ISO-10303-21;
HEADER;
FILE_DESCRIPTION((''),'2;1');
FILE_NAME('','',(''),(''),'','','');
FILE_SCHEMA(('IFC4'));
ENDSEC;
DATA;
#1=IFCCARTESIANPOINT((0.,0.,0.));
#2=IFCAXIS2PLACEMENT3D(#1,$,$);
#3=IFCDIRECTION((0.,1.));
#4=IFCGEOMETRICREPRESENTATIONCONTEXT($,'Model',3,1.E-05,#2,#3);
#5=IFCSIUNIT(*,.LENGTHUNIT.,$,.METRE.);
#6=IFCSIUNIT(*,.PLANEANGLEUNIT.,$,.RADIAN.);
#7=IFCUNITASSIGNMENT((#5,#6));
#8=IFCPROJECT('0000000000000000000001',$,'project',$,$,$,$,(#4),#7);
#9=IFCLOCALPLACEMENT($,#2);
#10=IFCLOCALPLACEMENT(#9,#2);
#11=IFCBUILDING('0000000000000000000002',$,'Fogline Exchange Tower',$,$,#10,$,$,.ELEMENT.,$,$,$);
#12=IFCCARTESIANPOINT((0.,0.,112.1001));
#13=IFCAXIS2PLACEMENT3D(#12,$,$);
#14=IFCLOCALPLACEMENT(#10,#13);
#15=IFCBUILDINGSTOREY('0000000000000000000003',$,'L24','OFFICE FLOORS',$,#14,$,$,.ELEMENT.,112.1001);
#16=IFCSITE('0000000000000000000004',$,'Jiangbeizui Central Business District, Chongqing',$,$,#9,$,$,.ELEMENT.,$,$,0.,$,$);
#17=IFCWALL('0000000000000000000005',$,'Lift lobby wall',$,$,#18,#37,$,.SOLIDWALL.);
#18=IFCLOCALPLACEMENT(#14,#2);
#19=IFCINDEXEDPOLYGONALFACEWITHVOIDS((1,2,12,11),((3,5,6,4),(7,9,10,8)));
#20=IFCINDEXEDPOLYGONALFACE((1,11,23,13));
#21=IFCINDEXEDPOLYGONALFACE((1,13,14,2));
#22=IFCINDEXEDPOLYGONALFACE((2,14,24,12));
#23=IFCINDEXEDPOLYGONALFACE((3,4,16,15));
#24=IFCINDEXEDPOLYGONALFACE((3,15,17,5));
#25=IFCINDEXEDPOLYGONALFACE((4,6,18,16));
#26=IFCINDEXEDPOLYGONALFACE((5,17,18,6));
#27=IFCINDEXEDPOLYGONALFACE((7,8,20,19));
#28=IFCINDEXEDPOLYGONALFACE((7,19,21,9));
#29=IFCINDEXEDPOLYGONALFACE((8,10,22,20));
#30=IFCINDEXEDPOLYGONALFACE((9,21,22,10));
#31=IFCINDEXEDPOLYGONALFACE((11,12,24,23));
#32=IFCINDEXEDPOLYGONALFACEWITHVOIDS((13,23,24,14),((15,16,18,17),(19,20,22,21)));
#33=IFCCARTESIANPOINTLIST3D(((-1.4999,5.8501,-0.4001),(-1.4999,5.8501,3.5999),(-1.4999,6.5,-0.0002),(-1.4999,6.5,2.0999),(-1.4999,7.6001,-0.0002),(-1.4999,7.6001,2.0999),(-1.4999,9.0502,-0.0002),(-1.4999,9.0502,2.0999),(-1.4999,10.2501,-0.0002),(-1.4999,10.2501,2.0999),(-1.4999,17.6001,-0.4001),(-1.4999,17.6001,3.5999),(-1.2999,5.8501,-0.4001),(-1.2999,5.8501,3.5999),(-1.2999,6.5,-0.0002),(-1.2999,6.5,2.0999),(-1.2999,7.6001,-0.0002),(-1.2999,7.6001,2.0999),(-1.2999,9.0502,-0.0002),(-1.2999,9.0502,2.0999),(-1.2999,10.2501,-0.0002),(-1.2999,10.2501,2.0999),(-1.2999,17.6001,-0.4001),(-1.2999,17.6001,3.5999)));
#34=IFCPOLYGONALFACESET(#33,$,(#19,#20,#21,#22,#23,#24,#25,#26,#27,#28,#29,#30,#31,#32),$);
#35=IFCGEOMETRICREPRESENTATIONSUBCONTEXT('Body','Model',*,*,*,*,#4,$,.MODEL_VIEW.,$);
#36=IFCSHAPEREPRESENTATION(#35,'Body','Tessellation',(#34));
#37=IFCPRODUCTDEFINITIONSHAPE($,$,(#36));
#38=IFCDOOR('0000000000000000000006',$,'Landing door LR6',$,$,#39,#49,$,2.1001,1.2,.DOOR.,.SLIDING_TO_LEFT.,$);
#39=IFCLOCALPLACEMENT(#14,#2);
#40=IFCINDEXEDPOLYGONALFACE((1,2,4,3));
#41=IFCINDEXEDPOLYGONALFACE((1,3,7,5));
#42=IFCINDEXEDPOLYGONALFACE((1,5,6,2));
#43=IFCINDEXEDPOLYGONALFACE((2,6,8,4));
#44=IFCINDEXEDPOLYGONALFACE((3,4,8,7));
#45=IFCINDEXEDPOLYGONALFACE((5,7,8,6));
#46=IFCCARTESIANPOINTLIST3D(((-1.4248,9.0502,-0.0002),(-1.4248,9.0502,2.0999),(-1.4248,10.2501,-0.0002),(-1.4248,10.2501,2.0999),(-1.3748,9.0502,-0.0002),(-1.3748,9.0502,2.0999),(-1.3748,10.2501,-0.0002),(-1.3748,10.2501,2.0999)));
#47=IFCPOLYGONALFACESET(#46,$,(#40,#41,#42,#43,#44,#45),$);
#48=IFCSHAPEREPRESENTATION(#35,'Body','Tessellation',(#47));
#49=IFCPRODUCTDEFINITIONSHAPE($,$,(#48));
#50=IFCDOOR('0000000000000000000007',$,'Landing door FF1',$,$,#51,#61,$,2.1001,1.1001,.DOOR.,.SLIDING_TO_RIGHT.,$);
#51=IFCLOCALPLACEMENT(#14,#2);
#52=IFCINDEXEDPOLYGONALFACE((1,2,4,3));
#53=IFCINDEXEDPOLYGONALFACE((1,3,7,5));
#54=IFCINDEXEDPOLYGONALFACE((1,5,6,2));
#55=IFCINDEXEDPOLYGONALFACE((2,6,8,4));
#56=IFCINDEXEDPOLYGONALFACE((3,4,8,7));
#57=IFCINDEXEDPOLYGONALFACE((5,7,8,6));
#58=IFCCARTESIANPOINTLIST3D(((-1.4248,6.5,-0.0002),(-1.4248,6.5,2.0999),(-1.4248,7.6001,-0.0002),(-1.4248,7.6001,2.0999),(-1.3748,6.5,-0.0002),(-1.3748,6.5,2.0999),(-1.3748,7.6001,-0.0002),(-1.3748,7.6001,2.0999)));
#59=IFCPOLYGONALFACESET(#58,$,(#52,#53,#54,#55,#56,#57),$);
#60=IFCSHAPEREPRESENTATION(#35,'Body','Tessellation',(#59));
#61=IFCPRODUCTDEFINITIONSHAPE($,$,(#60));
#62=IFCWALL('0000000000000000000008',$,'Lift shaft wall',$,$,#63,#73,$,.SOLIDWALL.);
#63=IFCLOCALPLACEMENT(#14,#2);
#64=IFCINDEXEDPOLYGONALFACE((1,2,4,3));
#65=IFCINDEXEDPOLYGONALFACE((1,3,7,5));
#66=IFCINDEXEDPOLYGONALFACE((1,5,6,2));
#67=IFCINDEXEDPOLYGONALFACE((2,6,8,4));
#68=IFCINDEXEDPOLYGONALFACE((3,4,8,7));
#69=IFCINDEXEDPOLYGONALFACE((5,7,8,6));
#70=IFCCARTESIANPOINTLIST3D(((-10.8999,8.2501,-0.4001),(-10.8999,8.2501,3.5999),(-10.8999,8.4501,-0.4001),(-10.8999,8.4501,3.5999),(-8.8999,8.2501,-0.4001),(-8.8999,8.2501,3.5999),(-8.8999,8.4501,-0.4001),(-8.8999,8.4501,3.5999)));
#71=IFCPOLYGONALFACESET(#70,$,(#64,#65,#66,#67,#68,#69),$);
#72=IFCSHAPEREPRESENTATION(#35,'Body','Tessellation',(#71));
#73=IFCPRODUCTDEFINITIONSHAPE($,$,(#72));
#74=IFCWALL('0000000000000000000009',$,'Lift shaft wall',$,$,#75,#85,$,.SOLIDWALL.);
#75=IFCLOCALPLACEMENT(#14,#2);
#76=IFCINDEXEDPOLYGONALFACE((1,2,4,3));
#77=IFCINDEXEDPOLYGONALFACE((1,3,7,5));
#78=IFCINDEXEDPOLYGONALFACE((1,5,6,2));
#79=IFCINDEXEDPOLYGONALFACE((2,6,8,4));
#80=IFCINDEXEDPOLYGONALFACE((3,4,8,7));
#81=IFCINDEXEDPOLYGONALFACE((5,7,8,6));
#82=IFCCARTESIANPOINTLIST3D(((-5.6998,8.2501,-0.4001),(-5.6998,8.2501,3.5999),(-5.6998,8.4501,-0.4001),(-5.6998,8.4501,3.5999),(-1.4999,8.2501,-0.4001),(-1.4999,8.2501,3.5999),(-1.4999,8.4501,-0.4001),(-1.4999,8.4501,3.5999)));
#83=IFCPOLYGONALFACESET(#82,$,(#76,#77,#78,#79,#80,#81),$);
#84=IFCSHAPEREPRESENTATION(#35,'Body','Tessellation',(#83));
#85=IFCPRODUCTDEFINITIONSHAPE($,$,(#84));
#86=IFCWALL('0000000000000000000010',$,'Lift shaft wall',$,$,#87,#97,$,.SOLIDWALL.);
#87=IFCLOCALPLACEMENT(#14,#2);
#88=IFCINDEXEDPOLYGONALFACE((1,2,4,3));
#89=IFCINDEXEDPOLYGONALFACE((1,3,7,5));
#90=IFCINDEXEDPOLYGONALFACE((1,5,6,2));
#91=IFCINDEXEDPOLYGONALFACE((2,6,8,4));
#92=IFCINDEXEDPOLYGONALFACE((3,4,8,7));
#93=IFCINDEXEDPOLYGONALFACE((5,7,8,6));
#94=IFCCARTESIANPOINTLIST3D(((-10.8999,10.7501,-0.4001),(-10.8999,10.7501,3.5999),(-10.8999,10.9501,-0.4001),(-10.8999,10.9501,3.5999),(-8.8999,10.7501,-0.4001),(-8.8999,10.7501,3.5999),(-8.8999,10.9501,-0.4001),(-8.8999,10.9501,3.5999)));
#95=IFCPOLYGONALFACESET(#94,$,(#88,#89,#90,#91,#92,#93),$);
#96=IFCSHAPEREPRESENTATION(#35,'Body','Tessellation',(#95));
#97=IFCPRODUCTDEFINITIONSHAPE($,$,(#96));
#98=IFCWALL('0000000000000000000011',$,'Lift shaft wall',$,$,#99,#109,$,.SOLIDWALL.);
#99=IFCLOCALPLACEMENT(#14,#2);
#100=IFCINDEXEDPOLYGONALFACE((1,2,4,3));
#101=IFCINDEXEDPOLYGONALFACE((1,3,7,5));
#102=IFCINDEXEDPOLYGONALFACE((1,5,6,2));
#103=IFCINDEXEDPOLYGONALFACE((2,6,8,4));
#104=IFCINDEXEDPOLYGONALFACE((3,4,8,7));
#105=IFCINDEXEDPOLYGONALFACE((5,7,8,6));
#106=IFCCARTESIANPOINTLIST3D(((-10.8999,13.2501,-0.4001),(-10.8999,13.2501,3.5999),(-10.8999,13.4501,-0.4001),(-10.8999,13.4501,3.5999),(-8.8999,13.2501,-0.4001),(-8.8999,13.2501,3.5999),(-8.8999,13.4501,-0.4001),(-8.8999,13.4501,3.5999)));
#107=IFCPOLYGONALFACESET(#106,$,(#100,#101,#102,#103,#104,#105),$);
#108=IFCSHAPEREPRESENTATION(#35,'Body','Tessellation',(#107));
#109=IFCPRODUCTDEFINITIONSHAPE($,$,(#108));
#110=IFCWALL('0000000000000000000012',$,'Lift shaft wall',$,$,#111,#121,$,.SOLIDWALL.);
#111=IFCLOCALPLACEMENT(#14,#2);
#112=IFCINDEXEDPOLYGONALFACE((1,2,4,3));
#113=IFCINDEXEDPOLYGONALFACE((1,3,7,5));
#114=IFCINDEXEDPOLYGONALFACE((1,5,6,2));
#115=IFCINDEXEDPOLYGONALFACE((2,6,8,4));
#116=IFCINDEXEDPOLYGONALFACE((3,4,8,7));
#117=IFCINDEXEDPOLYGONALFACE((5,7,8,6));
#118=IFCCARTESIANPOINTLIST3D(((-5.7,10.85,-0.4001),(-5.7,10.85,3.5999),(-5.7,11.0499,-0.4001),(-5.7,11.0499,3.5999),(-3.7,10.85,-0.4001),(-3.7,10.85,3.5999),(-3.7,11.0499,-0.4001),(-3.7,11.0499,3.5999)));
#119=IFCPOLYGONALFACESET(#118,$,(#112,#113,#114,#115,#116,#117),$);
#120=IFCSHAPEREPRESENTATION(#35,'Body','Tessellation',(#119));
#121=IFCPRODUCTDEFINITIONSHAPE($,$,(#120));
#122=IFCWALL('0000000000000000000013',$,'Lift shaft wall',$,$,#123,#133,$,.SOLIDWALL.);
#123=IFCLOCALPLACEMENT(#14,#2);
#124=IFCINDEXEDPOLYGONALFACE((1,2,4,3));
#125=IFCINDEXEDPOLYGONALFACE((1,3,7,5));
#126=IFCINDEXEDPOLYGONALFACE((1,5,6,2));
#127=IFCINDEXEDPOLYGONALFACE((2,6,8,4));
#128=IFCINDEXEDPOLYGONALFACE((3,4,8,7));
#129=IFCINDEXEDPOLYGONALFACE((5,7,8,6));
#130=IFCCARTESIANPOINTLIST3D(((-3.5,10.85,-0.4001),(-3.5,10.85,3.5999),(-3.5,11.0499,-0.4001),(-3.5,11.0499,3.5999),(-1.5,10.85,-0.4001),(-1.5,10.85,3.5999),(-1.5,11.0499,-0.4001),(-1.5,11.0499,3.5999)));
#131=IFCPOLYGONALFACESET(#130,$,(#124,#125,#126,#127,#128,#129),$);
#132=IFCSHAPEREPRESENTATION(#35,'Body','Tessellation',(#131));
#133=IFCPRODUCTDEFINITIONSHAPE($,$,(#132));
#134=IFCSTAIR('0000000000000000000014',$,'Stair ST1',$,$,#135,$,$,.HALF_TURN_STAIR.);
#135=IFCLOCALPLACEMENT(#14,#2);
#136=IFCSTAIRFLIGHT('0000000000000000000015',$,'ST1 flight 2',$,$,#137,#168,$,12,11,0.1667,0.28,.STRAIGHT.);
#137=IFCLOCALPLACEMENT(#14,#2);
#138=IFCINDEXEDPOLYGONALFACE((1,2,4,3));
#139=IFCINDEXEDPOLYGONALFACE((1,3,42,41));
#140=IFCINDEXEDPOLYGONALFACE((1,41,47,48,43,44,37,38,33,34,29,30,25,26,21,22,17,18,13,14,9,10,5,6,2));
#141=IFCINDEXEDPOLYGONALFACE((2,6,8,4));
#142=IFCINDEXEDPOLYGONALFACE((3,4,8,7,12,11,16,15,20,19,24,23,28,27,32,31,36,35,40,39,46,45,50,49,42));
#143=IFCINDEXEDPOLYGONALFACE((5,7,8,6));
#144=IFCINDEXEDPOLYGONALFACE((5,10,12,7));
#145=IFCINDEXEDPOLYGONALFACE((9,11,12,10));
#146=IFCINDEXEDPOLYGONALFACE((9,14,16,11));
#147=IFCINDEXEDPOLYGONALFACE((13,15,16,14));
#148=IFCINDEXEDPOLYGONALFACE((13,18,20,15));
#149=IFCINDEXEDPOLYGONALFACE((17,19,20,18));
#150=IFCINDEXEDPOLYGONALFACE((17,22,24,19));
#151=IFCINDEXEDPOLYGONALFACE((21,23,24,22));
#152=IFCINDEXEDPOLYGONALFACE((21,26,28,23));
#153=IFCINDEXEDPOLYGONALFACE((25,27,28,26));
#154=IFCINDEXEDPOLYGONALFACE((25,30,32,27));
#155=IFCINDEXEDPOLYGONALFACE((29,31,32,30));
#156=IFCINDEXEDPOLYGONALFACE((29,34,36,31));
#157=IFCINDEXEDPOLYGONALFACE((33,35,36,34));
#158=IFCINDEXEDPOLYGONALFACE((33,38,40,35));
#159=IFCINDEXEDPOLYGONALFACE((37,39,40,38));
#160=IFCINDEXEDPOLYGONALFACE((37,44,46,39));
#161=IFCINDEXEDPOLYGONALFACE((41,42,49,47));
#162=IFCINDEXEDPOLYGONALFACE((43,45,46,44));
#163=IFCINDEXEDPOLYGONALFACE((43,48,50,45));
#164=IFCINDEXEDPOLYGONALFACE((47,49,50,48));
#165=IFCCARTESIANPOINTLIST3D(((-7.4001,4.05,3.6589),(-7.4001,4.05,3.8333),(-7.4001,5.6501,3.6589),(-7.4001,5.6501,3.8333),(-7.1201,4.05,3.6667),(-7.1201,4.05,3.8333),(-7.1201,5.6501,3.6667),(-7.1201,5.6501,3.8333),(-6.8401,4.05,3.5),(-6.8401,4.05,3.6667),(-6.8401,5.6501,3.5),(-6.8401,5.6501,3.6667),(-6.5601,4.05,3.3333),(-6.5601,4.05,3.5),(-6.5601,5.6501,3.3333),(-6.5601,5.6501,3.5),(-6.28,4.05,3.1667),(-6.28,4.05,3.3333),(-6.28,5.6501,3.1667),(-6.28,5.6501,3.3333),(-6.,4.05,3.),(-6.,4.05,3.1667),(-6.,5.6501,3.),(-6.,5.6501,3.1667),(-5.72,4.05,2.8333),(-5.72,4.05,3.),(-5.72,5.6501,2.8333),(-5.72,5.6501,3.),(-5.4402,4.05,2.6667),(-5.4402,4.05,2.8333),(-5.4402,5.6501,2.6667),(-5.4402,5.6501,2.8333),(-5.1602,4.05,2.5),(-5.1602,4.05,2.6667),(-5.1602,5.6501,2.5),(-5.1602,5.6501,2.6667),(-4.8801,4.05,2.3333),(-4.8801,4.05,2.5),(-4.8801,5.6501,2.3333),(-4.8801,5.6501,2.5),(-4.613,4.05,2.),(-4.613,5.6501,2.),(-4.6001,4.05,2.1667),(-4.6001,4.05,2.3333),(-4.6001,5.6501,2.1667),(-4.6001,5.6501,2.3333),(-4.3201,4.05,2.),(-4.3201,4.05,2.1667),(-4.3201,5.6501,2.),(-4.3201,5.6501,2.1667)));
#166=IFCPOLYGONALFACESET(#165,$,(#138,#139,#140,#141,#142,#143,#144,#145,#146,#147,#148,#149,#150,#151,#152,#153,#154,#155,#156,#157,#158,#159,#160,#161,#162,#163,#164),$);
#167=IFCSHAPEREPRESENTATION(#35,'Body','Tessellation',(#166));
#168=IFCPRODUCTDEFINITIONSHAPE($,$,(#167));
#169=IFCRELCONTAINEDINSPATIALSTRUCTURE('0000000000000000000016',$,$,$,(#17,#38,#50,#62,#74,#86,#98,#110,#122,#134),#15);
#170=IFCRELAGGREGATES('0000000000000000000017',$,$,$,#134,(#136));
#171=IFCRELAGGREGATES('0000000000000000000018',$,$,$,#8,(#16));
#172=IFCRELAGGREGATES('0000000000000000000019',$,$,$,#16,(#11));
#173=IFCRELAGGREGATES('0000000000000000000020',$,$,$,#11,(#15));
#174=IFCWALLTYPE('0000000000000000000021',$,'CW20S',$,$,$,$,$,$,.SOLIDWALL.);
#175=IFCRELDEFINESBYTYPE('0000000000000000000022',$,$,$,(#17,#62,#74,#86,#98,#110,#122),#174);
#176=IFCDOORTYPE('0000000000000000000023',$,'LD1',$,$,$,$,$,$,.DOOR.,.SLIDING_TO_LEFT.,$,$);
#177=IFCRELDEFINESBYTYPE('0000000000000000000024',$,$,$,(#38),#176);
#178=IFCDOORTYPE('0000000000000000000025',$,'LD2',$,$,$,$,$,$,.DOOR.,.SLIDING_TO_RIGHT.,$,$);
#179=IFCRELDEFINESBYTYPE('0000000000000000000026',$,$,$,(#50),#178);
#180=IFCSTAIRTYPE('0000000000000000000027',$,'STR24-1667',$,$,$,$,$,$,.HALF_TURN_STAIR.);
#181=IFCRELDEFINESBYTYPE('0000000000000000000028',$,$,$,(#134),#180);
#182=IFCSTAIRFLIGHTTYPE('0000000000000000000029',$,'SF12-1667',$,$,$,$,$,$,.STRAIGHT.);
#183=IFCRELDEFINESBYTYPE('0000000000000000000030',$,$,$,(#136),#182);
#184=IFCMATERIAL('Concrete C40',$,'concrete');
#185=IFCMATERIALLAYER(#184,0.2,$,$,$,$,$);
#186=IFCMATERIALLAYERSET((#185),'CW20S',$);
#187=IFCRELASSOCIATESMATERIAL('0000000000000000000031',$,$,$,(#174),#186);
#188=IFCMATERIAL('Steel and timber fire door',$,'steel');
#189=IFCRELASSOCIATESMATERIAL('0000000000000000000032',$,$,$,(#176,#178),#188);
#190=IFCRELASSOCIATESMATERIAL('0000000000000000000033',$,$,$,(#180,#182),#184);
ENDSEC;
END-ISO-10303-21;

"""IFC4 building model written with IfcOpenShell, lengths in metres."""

from ifc_helpers import new_model, si_unit, direction, frame, frame_2d, origin, place, context, subcontext, project, spatial, polyline, rectangle, outline, extrude, material, layer, layer_set, type_object, element, fill, aggregate, save


model = new_model("IFC4")

# Units and contexts
model_context = context("Model", 3, precision=1e-05, world=origin(), true_north=direction((0.0, 1.0)))
body_context = subcontext(model_context, "Body", "Model", "MODEL_VIEW")
ifc_project = project(units=[si_unit("LENGTHUNIT", "METRE"), si_unit("PLANEANGLEUNIT", "RADIAN")], contexts=[model_context])

# Site, building, storey
site_placement = place(None, origin())
site = spatial("IfcSite", under=ifc_project, at=site_placement, Name="Jiangbeizui Central Business District, Chongqing", CompositionType="ELEMENT", RefElevation=0.0)
building_placement = place(site_placement, origin())
building = spatial("IfcBuilding", under=site, at=building_placement, Name="Fogline Exchange Tower", CompositionType="ELEMENT")
storey_placement = place(building_placement, frame((0.0, 0.0, 112.1001)))
storey = spatial("IfcBuildingStorey", under=building, at=storey_placement, Name="L24", Description="OFFICE FLOORS", CompositionType="ELEMENT", Elevation=112.1001)

# Shared definitions
ifc_material_1 = material(Name="Steel and timber fire door", Category="steel")

# Shared definitions
ifc_material_2 = material(Name="Concrete C40", Category="concrete")

# Shared definitions
ifc_layer_1 = layer(ifc_material_2, 0.2)
ifc_layer_set_1 = layer_set([ifc_layer_1], Name="CW20S")
wall_type_1 = type_object("IfcWallType", Name="CW20S", PredefinedType="SOLIDWALL", material=ifc_layer_set_1)
door_type_1 = type_object("IfcDoorType", Name="LD1", OperationType="SLIDING_TO_LEFT", PredefinedType="DOOR", material=ifc_material_1)

# Wall, openings, doors
wall_1_placement = place(storey_placement, frame((-1.3999, 5.8501, -0.4001), z_axis=(0.0, 0.0, 1.0), x_axis=(0.0, 1.0, 0.0)))
wall_1 = element("IfcWall", 1, at=wall_1_placement, inside=storey, type_object=wall_type_1, Name="Lift lobby wall", PredefinedType="SOLIDWALL", context=body_context, shape_type="SweptSolid", body=[
    extrude(rectangle(XDim=11.75, YDim=0.2, at=frame_2d((5.875, 0.0))), origin(), (0.0, 0.0, 1.0), 4.0),
])
opening_1_placement = place(wall_1_placement, frame((3.2, 0.0, 0.3999)))
opening_1 = element("IfcOpeningElement", 2, at=opening_1_placement, cuts=wall_1, PredefinedType="OPENING", context=body_context, shape_type="SweptSolid", body=[
    extrude(rectangle(XDim=1.2, YDim=2.1001, at=frame_2d((0.6001, 1.05))), frame((0.0, 0.1099, 0.0), z_axis=(0.0, -1.0, 0.0), x_axis=(1.0, 0.0, 0.0)), (0.0, 0.0, 1.0), 0.22),
])
opening_2_placement = place(wall_1_placement, frame((0.6499, 0.0, 0.3999)))
opening_2 = element("IfcOpeningElement", 3, at=opening_2_placement, cuts=wall_1, PredefinedType="OPENING", context=body_context, shape_type="SweptSolid", body=[
    extrude(rectangle(XDim=1.1001, YDim=2.1001, at=frame_2d((0.55, 1.05))), frame((0.0, 0.1099, 0.0), z_axis=(0.0, -1.0, 0.0), x_axis=(1.0, 0.0, 0.0)), (0.0, 0.0, 1.0), 0.22),
])
door_1_placement = place(opening_1_placement, origin())
door_1 = element("IfcDoor", 4, at=door_1_placement, inside=storey, type_object=door_type_1, Name="Landing door LR6", OperationType="SLIDING_TO_LEFT", OverallHeight=2.1001, OverallWidth=1.2, PredefinedType="DOOR", context=body_context, shape_type="SweptSolid", body=[
    extrude(rectangle(XDim=1.2, YDim=2.1001, at=frame_2d((0.6001, 1.05))), frame((0.0, 0.0249, 0.0), z_axis=(0.0, -1.0, 0.0), x_axis=(1.0, 0.0, 0.0)), (0.0, 0.0, 1.0), 0.05),
])
fill(opening_1, door_1)
door_type_2 = type_object("IfcDoorType", Name="LD2", OperationType="SLIDING_TO_RIGHT", PredefinedType="DOOR", material=ifc_material_1)
door_2_placement = place(opening_2_placement, origin())
door_2 = element("IfcDoor", 5, at=door_2_placement, inside=storey, type_object=door_type_2, Name="Landing door FF1", OperationType="SLIDING_TO_RIGHT", OverallHeight=2.1001, OverallWidth=1.1001, PredefinedType="DOOR", context=body_context, shape_type="SweptSolid", body=[
    extrude(rectangle(XDim=1.1001, YDim=2.1001, at=frame_2d((0.55, 1.05))), frame((0.0, 0.0249, 0.0), z_axis=(0.0, -1.0, 0.0), x_axis=(1.0, 0.0, 0.0)), (0.0, 0.0, 1.0), 0.05),
])
fill(opening_2, door_2)

# Walls
wall_2_placement = place(storey_placement, frame((-10.8999, 8.3501, -0.4001), z_axis=(0.0, 0.0, 1.0), x_axis=(1.0, 0.0, 0.0)))
element("IfcWall", 6, at=wall_2_placement, inside=storey, type_object=wall_type_1, Name="Lift shaft wall", PredefinedType="SOLIDWALL", context=body_context, shape_type="SweptSolid", body=[
    extrude(rectangle(XDim=2.0, YDim=0.2, at=frame_2d((1.0, 0.0))), origin(), (0.0, 0.0, 1.0), 4.0),
])
wall_3_placement = place(storey_placement, frame((-5.7, 8.3501, -0.4001), z_axis=(0.0, 0.0, 1.0), x_axis=(1.0, 0.0, 0.0)))
element("IfcWall", 7, at=wall_3_placement, inside=storey, type_object=wall_type_1, Name="Lift shaft wall", PredefinedType="SOLIDWALL", context=body_context, shape_type="SweptSolid", body=[
    extrude(rectangle(XDim=4.2, YDim=0.2, at=frame_2d((2.1001, 0.0))), origin(), (0.0, 0.0, 1.0), 4.0),
])
for number, where, z_axis, x_axis, name in (
    (8, (-10.8999, 10.8501, -0.4001), (0.0, 0.0, 1.0), (1.0, 0.0, 0.0), "Lift shaft wall"),
    (9, (-10.8999, 13.3501, -0.4001), (0.0, 0.0, 1.0), (1.0, 0.0, 0.0), "Lift shaft wall"),
    (10, (-5.7, 10.95, -0.4001), (0.0, 0.0, 1.0), (1.0, 0.0, 0.0), "Lift shaft wall"),
    (11, (-3.5, 10.95, -0.4001), (0.0, 0.0, 1.0), (1.0, 0.0, 0.0), "Lift shaft wall"),
):
    element("IfcWall", number, at=place(storey_placement, frame(where, z_axis=z_axis, x_axis=x_axis)), inside=storey, type_object=wall_type_1, Name=name, PredefinedType="SOLIDWALL", context=body_context, shape_type="SweptSolid", body=[
        extrude(rectangle(XDim=2.0, YDim=0.2, at=frame_2d((1.0, 0.0))), origin(), (0.0, 0.0, 1.0), 4.0),
    ])

# Stair, stair flight
stair_type = type_object("IfcStairType", Name="STR24-1667", PredefinedType="HALF_TURN_STAIR", material=ifc_material_2)
stair_placement = place(storey_placement, origin())
stair = element("IfcStair", 12, at=stair_placement, inside=storey, type_object=stair_type, Name="Stair ST1", PredefinedType="HALF_TURN_STAIR")
stair_flight_type = type_object("IfcStairFlightType", Name="SF12-1667", PredefinedType="STRAIGHT", material=ifc_material_2)
stair_flight_placement = place(storey_placement, frame((-4.3201, 4.8501, 2.0), z_axis=(0.0, 0.0, 1.0), x_axis=(-1.0, 0.0, 0.0)))
stair_flight = element("IfcStairFlight", 13, at=stair_flight_placement, type_object=stair_flight_type, Name="ST1 flight 2", NumberOfRisers=12, NumberOfTreads=11, PredefinedType="STRAIGHT", RiserHeight=0.1667, TreadLength=0.28, context=body_context, shape_type="SweptSolid", body=[
    extrude(outline(polyline([(0.0, 0.0), (0.0, 0.1667), (0.28, 0.1667), (0.28, 0.3333), (0.5601, 0.3333), (0.5601, 0.5), (0.8401, 0.5), (0.8401, 0.6667), (1.1201, 0.6667), (1.1201, 0.8333), (1.3999, 0.8333), (1.3999, 1.0), (1.6799, 1.0), (1.6799, 1.1667), (1.96, 1.1667), (1.96, 1.3333), (2.24, 1.3333), (2.24, 1.5), (2.52, 1.5), (2.52, 1.6667), (2.8, 1.6667), (2.8, 1.8333), (3.0801, 1.8333), (3.0801, 2.0), (3.0801, 1.6589), (0.293, 0.0), (0.0, 0.0)])), frame((0.0, 0.8, 0.0), z_axis=(0.0, -1.0, 0.0), x_axis=(1.0, 0.0, 0.0)), (0.0, 0.0, 1.0), 1.6001),
])
aggregate(stair, [stair_flight])

save(model, "model.ifc")
